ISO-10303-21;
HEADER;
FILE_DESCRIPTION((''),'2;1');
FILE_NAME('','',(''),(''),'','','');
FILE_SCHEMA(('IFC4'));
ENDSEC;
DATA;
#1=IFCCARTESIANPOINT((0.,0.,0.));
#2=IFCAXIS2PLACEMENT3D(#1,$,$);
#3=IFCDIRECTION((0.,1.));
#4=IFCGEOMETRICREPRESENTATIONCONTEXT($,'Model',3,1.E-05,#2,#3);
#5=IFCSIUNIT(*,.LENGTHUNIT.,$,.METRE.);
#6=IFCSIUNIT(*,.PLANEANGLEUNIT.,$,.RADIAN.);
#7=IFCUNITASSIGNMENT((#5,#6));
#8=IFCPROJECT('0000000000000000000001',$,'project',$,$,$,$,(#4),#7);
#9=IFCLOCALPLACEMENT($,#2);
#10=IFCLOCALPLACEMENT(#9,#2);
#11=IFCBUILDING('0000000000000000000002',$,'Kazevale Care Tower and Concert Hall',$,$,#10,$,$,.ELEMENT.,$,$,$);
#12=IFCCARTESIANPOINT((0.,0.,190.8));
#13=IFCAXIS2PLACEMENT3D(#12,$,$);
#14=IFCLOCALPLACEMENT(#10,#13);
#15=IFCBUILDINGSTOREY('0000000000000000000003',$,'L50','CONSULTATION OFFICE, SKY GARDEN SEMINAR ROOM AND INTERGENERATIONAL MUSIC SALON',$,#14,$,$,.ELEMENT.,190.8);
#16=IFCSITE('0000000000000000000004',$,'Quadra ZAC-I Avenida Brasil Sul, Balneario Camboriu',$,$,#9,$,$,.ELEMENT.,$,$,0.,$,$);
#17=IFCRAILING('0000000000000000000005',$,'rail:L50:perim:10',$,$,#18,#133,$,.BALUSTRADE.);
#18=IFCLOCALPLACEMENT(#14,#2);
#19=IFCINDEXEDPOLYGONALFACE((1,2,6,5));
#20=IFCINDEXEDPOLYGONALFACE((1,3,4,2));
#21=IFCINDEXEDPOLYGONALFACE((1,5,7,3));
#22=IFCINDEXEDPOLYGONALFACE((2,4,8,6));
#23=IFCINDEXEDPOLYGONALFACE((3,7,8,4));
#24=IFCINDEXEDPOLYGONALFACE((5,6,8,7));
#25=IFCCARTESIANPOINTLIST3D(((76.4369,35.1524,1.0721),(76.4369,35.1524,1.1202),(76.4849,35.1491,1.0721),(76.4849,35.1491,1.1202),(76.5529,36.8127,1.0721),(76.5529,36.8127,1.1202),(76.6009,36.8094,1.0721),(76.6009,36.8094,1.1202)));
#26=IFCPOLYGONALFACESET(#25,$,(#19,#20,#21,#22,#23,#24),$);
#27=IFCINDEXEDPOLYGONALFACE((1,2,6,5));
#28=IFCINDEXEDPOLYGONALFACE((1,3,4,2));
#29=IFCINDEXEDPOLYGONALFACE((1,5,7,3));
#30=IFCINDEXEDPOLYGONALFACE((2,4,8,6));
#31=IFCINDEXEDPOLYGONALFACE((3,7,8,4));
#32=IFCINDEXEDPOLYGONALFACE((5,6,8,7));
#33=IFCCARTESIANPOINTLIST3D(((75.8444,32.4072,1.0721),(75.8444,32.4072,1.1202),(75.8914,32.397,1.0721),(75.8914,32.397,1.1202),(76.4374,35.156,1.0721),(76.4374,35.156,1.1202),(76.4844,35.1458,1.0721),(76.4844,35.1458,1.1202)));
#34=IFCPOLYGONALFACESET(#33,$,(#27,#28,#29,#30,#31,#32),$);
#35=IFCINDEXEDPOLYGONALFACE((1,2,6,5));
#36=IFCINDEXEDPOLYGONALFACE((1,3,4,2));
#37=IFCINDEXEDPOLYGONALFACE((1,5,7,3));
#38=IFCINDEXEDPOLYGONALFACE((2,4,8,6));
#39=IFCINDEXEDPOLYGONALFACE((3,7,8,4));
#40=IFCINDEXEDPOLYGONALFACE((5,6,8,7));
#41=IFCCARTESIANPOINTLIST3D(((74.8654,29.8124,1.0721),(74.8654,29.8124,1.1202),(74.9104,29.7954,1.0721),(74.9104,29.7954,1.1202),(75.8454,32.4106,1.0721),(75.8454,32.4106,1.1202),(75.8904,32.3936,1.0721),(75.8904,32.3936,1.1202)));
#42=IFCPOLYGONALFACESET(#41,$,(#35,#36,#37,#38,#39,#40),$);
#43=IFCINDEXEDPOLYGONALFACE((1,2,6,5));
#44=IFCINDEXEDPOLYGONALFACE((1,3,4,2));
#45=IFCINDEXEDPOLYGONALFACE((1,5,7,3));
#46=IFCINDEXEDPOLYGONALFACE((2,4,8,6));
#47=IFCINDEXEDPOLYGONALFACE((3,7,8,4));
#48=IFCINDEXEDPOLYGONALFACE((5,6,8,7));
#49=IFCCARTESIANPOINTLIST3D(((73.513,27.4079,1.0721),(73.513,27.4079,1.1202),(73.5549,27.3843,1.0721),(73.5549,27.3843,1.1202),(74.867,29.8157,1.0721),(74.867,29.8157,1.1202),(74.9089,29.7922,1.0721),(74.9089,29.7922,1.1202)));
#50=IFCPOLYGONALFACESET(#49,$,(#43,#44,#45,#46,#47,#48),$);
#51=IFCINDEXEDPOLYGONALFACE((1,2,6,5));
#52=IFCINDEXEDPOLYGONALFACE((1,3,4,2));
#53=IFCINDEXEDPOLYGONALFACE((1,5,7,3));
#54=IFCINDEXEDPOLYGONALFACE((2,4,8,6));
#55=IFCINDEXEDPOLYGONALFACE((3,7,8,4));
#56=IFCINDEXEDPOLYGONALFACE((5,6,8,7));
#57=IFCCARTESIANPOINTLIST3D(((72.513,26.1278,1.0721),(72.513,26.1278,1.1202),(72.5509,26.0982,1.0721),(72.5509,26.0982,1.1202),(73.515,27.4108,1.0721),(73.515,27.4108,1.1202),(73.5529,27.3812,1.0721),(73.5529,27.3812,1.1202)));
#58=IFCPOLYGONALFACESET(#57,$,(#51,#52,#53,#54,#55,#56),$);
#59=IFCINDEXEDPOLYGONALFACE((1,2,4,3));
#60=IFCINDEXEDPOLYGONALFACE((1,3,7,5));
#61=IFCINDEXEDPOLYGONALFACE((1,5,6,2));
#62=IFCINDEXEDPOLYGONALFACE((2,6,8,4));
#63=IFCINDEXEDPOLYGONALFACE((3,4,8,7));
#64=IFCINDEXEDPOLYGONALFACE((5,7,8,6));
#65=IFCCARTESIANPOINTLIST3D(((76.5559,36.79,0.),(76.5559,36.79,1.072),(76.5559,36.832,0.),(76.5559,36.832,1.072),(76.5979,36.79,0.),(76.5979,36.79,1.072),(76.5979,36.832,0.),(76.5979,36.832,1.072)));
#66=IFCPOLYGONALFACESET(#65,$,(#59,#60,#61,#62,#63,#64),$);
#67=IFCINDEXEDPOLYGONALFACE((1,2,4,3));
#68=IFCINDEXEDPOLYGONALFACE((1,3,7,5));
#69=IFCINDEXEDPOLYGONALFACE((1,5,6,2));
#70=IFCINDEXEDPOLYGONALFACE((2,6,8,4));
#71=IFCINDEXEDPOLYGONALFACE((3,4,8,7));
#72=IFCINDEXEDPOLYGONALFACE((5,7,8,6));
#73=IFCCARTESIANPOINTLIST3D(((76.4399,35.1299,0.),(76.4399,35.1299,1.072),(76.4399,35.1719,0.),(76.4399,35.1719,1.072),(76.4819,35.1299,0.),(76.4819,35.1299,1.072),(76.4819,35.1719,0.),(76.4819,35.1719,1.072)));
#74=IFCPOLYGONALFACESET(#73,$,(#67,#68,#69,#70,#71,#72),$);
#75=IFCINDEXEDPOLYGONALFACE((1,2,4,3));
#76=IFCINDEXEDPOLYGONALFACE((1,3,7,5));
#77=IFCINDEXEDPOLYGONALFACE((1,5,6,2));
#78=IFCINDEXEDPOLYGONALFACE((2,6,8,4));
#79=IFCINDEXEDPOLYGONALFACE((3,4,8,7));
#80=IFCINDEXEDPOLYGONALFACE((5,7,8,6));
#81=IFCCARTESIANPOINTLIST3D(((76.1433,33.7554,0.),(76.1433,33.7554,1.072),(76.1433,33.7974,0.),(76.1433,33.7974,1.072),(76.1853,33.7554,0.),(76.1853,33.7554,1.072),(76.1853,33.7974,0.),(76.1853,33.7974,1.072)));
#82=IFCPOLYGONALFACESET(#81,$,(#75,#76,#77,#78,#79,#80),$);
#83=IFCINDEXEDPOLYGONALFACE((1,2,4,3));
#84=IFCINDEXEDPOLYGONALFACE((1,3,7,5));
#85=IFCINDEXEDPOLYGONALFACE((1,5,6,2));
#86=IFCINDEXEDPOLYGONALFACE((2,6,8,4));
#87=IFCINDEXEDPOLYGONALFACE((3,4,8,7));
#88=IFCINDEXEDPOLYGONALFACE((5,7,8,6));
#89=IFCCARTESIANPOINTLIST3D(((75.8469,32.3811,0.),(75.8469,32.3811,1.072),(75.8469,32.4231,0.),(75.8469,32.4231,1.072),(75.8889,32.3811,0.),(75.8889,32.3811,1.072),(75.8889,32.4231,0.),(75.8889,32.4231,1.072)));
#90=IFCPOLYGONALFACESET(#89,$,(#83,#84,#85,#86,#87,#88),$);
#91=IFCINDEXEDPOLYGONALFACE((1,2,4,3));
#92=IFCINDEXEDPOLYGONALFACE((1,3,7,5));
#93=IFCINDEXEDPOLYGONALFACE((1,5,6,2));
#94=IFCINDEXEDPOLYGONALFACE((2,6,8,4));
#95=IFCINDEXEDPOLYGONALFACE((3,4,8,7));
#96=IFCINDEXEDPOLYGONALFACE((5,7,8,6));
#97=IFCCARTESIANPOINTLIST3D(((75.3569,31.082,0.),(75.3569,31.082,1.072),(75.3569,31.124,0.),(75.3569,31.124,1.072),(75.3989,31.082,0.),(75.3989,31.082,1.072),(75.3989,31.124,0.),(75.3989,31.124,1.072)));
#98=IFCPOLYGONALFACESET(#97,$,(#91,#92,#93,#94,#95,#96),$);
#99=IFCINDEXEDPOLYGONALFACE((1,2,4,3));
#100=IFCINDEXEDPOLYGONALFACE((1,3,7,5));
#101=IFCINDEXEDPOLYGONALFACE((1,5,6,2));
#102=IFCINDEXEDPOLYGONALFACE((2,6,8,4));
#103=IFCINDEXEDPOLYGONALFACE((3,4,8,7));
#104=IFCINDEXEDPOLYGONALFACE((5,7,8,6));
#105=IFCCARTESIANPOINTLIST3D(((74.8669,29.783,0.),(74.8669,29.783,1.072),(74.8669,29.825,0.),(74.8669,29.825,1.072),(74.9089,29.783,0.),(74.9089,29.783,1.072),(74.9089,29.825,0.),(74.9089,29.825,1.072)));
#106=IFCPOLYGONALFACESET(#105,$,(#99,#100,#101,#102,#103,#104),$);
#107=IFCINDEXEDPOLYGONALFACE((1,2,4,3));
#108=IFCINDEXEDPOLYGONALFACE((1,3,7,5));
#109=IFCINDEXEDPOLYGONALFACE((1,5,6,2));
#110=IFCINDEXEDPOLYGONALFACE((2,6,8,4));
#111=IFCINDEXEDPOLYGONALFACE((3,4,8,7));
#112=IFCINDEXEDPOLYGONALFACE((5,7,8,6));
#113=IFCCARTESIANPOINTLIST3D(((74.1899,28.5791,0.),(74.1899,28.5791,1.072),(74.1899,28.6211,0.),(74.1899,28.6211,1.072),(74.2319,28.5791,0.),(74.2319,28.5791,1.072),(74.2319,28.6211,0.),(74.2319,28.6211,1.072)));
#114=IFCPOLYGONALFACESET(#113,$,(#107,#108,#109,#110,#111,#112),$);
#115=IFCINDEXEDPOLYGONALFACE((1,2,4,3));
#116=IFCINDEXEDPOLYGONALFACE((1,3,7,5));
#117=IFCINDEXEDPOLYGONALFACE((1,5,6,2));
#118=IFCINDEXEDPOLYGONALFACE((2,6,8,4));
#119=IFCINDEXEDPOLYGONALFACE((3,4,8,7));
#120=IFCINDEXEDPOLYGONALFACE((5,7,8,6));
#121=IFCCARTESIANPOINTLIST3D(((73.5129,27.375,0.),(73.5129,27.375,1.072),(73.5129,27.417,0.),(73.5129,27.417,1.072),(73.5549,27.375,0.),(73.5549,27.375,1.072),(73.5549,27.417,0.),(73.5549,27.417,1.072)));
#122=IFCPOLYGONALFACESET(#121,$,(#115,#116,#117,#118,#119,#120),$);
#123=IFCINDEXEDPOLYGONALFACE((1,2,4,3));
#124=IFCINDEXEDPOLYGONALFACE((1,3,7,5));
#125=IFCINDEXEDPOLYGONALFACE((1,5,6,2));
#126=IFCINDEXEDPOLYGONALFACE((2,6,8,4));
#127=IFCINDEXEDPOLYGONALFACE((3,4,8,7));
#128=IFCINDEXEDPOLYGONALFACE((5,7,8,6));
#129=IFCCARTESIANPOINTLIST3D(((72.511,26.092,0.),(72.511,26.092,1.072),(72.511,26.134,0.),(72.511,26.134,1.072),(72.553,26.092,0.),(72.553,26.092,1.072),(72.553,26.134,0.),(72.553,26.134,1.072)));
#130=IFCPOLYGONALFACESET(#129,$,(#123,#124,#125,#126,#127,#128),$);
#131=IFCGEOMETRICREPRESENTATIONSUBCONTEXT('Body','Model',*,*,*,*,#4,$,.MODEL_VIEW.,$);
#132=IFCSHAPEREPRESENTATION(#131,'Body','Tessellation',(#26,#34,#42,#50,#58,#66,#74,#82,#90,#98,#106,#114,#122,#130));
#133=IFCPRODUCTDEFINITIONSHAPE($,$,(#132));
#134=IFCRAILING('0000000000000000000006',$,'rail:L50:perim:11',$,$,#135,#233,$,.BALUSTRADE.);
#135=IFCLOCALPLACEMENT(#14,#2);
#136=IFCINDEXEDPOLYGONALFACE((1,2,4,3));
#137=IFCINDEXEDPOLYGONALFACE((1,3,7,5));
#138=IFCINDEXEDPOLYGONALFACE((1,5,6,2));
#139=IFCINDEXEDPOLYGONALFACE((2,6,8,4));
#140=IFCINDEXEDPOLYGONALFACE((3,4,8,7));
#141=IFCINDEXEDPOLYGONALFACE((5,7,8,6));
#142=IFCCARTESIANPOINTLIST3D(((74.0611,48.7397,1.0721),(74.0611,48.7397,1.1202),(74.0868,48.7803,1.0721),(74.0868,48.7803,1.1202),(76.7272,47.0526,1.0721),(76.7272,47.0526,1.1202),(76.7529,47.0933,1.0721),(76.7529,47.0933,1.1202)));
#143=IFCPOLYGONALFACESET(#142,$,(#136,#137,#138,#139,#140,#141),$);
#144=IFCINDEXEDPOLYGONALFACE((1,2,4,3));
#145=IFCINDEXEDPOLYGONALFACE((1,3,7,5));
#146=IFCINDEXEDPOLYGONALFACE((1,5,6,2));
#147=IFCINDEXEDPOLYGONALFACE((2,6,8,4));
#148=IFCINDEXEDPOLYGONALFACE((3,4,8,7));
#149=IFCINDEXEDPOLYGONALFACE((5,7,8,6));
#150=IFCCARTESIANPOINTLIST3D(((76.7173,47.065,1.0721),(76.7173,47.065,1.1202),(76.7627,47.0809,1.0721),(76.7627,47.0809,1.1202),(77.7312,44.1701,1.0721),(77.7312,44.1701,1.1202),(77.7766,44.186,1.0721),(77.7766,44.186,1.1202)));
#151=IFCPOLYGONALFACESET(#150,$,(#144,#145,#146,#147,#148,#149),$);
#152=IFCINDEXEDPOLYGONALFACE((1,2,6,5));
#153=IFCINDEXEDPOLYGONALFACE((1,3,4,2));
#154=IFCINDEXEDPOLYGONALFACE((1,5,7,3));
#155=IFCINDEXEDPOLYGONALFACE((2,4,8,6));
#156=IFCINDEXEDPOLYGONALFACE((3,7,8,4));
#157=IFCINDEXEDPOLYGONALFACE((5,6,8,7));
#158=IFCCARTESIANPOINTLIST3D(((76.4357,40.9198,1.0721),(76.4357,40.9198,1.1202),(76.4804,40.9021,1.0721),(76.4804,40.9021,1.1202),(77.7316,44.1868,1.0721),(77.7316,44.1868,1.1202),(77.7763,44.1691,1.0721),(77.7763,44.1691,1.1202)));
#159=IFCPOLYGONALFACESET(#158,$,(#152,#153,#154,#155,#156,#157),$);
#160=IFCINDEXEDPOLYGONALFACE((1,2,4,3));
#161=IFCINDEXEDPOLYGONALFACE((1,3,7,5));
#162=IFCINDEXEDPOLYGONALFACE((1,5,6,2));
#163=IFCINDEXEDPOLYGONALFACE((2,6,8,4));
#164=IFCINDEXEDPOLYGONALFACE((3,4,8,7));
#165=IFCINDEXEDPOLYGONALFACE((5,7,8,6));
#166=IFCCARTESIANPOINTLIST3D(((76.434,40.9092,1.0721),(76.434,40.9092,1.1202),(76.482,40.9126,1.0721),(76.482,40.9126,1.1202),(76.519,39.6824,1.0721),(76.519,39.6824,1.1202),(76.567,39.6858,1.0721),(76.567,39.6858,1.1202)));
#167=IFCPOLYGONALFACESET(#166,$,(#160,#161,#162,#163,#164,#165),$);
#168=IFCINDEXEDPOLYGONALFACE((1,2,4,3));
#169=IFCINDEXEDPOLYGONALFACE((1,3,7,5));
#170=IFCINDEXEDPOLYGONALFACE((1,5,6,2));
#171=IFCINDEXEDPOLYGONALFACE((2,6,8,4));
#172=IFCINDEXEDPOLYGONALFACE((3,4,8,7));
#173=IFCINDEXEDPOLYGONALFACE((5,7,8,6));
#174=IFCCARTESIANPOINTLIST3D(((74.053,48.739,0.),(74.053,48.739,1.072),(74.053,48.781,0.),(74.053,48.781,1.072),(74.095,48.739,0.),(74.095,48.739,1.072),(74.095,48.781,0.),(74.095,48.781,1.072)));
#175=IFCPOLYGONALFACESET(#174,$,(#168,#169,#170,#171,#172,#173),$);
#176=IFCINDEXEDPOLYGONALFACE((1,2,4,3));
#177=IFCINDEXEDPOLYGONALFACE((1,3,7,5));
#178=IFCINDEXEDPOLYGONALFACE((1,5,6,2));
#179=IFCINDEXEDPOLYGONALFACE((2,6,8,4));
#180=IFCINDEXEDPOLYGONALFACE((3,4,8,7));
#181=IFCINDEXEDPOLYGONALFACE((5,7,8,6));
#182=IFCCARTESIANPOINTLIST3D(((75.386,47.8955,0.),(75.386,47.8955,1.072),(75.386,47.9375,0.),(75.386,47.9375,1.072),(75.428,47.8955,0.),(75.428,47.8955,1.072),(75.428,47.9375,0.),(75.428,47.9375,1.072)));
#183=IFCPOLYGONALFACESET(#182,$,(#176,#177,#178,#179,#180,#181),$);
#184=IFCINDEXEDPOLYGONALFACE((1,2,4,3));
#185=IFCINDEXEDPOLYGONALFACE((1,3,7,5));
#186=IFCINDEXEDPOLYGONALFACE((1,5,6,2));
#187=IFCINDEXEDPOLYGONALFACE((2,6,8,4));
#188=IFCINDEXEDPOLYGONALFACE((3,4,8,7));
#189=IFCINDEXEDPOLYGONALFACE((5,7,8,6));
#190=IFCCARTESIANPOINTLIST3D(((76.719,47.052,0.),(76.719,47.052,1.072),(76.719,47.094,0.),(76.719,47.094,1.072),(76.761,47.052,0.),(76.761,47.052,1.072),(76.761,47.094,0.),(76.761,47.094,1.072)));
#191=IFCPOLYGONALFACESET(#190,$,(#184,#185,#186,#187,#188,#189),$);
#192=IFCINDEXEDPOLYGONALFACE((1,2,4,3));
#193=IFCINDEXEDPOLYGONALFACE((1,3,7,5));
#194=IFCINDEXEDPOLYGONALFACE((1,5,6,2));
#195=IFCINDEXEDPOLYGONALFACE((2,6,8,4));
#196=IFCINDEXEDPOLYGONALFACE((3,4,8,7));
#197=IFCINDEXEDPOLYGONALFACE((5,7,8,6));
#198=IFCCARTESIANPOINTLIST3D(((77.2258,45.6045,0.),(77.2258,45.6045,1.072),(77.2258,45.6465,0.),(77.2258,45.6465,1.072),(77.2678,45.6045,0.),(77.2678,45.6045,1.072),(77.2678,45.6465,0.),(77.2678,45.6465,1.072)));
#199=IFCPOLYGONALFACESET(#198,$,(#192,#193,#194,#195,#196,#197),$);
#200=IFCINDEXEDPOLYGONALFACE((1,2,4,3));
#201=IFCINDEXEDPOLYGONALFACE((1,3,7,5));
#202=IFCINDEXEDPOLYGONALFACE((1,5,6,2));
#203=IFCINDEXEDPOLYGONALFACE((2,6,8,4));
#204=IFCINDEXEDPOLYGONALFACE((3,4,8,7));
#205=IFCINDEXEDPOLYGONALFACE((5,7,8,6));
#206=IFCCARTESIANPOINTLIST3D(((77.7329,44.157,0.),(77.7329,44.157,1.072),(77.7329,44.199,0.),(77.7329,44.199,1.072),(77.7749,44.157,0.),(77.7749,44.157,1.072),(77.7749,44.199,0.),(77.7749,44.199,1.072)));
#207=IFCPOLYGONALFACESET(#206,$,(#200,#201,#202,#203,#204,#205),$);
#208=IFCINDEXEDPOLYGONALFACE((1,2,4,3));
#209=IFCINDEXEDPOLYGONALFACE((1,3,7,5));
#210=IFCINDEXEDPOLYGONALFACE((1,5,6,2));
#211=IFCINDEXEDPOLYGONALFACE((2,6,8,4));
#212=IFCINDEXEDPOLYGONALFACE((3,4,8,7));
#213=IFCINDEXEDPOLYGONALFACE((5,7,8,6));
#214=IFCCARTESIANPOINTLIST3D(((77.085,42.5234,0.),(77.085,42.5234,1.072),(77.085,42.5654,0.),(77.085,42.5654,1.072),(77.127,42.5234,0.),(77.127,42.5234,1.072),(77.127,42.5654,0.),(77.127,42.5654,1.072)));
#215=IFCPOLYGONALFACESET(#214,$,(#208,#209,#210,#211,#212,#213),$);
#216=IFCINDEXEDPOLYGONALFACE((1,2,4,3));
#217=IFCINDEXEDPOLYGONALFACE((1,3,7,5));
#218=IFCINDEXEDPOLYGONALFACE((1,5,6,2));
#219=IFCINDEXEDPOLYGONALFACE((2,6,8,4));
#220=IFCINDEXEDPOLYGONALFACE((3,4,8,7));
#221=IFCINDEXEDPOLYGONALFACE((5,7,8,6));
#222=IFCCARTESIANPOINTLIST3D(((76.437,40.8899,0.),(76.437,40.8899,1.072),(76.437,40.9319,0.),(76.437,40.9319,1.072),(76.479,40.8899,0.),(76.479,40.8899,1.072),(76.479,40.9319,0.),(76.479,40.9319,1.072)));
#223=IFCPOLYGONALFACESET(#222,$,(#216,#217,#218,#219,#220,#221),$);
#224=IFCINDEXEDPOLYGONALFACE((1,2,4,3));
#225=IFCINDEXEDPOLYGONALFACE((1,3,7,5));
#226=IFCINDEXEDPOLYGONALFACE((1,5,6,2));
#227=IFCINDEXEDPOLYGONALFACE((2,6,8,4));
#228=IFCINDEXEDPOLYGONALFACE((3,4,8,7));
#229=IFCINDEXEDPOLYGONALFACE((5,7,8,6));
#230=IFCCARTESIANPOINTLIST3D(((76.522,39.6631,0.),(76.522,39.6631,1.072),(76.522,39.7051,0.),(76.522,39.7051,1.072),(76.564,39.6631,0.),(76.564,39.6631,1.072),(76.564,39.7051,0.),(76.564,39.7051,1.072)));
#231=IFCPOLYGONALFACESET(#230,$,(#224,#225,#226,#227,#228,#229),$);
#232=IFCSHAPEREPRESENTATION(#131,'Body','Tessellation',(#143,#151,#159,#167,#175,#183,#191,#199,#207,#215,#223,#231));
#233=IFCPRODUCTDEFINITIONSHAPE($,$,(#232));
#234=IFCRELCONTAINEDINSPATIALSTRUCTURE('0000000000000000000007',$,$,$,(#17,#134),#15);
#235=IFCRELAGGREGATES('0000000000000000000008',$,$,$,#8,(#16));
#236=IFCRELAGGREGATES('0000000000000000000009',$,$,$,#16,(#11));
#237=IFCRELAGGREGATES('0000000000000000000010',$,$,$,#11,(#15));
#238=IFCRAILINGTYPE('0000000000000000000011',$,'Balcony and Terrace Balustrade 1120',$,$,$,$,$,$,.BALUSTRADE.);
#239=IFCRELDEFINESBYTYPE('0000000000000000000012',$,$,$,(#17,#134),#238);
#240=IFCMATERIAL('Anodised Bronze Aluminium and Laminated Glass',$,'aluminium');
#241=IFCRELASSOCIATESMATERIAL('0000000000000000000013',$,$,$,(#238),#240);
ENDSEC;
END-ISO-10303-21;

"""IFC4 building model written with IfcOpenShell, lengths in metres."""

from ifc_helpers import new_model, si_unit, direction, frame, origin, origin_2d, place, context, subcontext, project, spatial, rectangle, extrude, material, type_object, element, save


model = new_model("IFC4")

# Units and contexts
model_context = context("Model", 3, precision=1e-05, world=origin(), true_north=direction((0.0, 1.0)))
body_context = subcontext(model_context, "Body", "Model", "MODEL_VIEW")
ifc_project = project(units=[si_unit("LENGTHUNIT", "METRE"), si_unit("PLANEANGLEUNIT", "RADIAN")], contexts=[model_context])

# Site, building, storey
site_placement = place(None, origin())
site = spatial("IfcSite", under=ifc_project, at=site_placement, Name="Quadra ZAC-I Avenida Brasil Sul, Balneario Camboriu", CompositionType="ELEMENT", RefElevation=0.0)
building_placement = place(site_placement, origin())
building = spatial("IfcBuilding", under=site, at=building_placement, Name="Kazevale Care Tower and Concert Hall", CompositionType="ELEMENT")
storey_placement = place(building_placement, frame((0.0, 0.0, 190.8)))
storey = spatial("IfcBuildingStorey", under=building, at=storey_placement, Name="L50", Description="CONSULTATION OFFICE, SKY GARDEN SEMINAR ROOM AND INTERGENERATIONAL MUSIC SALON", CompositionType="ELEMENT", Elevation=190.8)

# Railings
ifc_material_1 = material(Name="Anodised Bronze Aluminium and Laminated Glass", Category="aluminium")
railing_type = type_object("IfcRailingType", Name="Balcony and Terrace Balustrade 1120", PredefinedType="BALUSTRADE", material=ifc_material_1)
railing_1_placement = place(storey_placement, frame((76.5769, 36.811, 0.0)))
element("IfcRailing", 1, at=railing_1_placement, inside=storey, type_object=railing_type, Name="rail:L50:perim:10", PredefinedType="BALUSTRADE", context=body_context, shape_type="SweptSolid", body=[
    extrude(rectangle(XDim=0.0481, YDim=0.0481, at=origin_2d()), frame((0.0, 0.0, 1.0962), z_axis=(-0.069683, -0.997569, 0.0), x_axis=(0.997569, -0.069683, 0.0)), (0.0, 0.0, 1.0), 1.6643),
    extrude(rectangle(XDim=0.0481, YDim=0.0481, at=origin_2d()), frame((-0.116, -1.6602, 1.0962), z_axis=(-0.210887, -0.977511, 0.0), x_axis=(0.977511, -0.210887, 0.0)), (0.0, 0.0, 1.0), 2.812),
    extrude(rectangle(XDim=0.0481, YDim=0.0481, at=origin_2d()), frame((-0.709, -4.4089, 1.0962), z_axis=(-0.352915, -0.935655, 0.0), x_axis=(0.935655, -0.352915, 0.0)), (0.0, 0.0, 1.0), 2.7769),
    extrude(rectangle(XDim=0.0481, YDim=0.0481, at=origin_2d()), frame((-1.689, -7.0071, 1.0962), z_axis=(-0.490131, -0.871649, 0.0), x_axis=(0.871649, -0.490131, 0.0)), (0.0, 0.0, 1.0), 2.7625),
    extrude(rectangle(XDim=0.0481, YDim=0.0481, at=origin_2d()), frame((-3.043, -9.415, 1.0962), z_axis=(-0.615507, -0.788131, 0.0), x_axis=(0.788131, -0.615507, 0.0)), (0.0, 0.0, 1.0), 1.6279),
    extrude(rectangle(XDim=0.042, YDim=0.042, at=origin_2d()), origin(), (0.0, 0.0, 1.0), 1.072),
    extrude(rectangle(XDim=0.042, YDim=0.042, at=origin_2d()), frame((-0.116, -1.6602, 0.0)), (0.0, 0.0, 1.0), 1.072),
    extrude(rectangle(XDim=0.042, YDim=0.042, at=origin_2d()), frame((-0.4126, -3.0347, 0.0)), (0.0, 0.0, 1.0), 1.072),
    extrude(rectangle(XDim=0.042, YDim=0.042, at=origin_2d()), frame((-0.709, -4.4089, 0.0)), (0.0, 0.0, 1.0), 1.072),
    extrude(rectangle(XDim=0.042, YDim=0.042, at=origin_2d()), frame((-1.199, -5.708, 0.0)), (0.0, 0.0, 1.0), 1.072),
    extrude(rectangle(XDim=0.042, YDim=0.042, at=origin_2d()), frame((-1.689, -7.0071, 0.0)), (0.0, 0.0, 1.0), 1.072),
    extrude(rectangle(XDim=0.042, YDim=0.042, at=origin_2d()), frame((-2.366, -8.2109, 0.0)), (0.0, 0.0, 1.0), 1.072),
    extrude(rectangle(XDim=0.042, YDim=0.042, at=origin_2d()), frame((-3.043, -9.415, 0.0)), (0.0, 0.0, 1.0), 1.072),
    extrude(rectangle(XDim=0.042, YDim=0.042, at=origin_2d()), frame((-4.0449, -10.698, 0.0)), (0.0, 0.0, 1.0), 1.072),
])
railing_2_placement = place(storey_placement, frame((74.074, 48.76, 0.0)))
element("IfcRailing", 2, at=railing_2_placement, inside=storey, type_object=railing_type, Name="rail:L50:perim:11", PredefinedType="BALUSTRADE", context=body_context, shape_type="SweptSolid", body=[
    extrude(rectangle(XDim=0.0481, YDim=0.0481, at=origin_2d()), frame((0.0, 0.0, 1.0962), z_axis=(0.845029, -0.534721, 0.0), x_axis=(0.534721, 0.845029, 0.0)), (0.0, 0.0, 1.0), 3.155),
    extrude(rectangle(XDim=0.0481, YDim=0.0481, at=origin_2d()), frame((2.666, -1.687, 1.0962), z_axis=(0.330542, -0.943791, 0.0), x_axis=(0.943791, 0.330542, 0.0)), (0.0, 0.0, 1.0), 3.0674),
    extrude(rectangle(XDim=0.0481, YDim=0.0481, at=origin_2d()), frame((3.6799, -4.582, 1.0962), z_axis=(-0.368706, -0.929546, 0.0), x_axis=(0.929546, -0.368706, 0.0)), (0.0, 0.0, 1.0), 3.5146),
    extrude(rectangle(XDim=0.0481, YDim=0.0481, at=origin_2d()), frame((2.384, -7.8491, 1.0962), z_axis=(0.069088, -0.997611, 0.0), x_axis=(0.997611, 0.069088, 0.0)), (0.0, 0.0, 1.0), 1.2297),
    extrude(rectangle(XDim=0.042, YDim=0.042, at=origin_2d()), origin(), (0.0, 0.0, 1.0), 1.072),
    extrude(rectangle(XDim=0.042, YDim=0.042, at=origin_2d()), frame((1.333, -0.8435, 0.0)), (0.0, 0.0, 1.0), 1.072),
    extrude(rectangle(XDim=0.042, YDim=0.042, at=origin_2d()), frame((2.666, -1.687, 0.0)), (0.0, 0.0, 1.0), 1.072),
    extrude(rectangle(XDim=0.042, YDim=0.042, at=origin_2d()), frame((3.1729, -3.1345, 0.0)), (0.0, 0.0, 1.0), 1.072),
    extrude(rectangle(XDim=0.042, YDim=0.042, at=origin_2d()), frame((3.6799, -4.582, 0.0)), (0.0, 0.0, 1.0), 1.072),
    extrude(rectangle(XDim=0.042, YDim=0.042, at=origin_2d()), frame((3.032, -6.2156, 0.0)), (0.0, 0.0, 1.0), 1.072),
    extrude(rectangle(XDim=0.042, YDim=0.042, at=origin_2d()), frame((2.384, -7.8491, 0.0)), (0.0, 0.0, 1.0), 1.072),
    extrude(rectangle(XDim=0.042, YDim=0.042, at=origin_2d()), frame((2.469, -9.0759, 0.0)), (0.0, 0.0, 1.0), 1.072),
])

save(model, "model.ifc")
